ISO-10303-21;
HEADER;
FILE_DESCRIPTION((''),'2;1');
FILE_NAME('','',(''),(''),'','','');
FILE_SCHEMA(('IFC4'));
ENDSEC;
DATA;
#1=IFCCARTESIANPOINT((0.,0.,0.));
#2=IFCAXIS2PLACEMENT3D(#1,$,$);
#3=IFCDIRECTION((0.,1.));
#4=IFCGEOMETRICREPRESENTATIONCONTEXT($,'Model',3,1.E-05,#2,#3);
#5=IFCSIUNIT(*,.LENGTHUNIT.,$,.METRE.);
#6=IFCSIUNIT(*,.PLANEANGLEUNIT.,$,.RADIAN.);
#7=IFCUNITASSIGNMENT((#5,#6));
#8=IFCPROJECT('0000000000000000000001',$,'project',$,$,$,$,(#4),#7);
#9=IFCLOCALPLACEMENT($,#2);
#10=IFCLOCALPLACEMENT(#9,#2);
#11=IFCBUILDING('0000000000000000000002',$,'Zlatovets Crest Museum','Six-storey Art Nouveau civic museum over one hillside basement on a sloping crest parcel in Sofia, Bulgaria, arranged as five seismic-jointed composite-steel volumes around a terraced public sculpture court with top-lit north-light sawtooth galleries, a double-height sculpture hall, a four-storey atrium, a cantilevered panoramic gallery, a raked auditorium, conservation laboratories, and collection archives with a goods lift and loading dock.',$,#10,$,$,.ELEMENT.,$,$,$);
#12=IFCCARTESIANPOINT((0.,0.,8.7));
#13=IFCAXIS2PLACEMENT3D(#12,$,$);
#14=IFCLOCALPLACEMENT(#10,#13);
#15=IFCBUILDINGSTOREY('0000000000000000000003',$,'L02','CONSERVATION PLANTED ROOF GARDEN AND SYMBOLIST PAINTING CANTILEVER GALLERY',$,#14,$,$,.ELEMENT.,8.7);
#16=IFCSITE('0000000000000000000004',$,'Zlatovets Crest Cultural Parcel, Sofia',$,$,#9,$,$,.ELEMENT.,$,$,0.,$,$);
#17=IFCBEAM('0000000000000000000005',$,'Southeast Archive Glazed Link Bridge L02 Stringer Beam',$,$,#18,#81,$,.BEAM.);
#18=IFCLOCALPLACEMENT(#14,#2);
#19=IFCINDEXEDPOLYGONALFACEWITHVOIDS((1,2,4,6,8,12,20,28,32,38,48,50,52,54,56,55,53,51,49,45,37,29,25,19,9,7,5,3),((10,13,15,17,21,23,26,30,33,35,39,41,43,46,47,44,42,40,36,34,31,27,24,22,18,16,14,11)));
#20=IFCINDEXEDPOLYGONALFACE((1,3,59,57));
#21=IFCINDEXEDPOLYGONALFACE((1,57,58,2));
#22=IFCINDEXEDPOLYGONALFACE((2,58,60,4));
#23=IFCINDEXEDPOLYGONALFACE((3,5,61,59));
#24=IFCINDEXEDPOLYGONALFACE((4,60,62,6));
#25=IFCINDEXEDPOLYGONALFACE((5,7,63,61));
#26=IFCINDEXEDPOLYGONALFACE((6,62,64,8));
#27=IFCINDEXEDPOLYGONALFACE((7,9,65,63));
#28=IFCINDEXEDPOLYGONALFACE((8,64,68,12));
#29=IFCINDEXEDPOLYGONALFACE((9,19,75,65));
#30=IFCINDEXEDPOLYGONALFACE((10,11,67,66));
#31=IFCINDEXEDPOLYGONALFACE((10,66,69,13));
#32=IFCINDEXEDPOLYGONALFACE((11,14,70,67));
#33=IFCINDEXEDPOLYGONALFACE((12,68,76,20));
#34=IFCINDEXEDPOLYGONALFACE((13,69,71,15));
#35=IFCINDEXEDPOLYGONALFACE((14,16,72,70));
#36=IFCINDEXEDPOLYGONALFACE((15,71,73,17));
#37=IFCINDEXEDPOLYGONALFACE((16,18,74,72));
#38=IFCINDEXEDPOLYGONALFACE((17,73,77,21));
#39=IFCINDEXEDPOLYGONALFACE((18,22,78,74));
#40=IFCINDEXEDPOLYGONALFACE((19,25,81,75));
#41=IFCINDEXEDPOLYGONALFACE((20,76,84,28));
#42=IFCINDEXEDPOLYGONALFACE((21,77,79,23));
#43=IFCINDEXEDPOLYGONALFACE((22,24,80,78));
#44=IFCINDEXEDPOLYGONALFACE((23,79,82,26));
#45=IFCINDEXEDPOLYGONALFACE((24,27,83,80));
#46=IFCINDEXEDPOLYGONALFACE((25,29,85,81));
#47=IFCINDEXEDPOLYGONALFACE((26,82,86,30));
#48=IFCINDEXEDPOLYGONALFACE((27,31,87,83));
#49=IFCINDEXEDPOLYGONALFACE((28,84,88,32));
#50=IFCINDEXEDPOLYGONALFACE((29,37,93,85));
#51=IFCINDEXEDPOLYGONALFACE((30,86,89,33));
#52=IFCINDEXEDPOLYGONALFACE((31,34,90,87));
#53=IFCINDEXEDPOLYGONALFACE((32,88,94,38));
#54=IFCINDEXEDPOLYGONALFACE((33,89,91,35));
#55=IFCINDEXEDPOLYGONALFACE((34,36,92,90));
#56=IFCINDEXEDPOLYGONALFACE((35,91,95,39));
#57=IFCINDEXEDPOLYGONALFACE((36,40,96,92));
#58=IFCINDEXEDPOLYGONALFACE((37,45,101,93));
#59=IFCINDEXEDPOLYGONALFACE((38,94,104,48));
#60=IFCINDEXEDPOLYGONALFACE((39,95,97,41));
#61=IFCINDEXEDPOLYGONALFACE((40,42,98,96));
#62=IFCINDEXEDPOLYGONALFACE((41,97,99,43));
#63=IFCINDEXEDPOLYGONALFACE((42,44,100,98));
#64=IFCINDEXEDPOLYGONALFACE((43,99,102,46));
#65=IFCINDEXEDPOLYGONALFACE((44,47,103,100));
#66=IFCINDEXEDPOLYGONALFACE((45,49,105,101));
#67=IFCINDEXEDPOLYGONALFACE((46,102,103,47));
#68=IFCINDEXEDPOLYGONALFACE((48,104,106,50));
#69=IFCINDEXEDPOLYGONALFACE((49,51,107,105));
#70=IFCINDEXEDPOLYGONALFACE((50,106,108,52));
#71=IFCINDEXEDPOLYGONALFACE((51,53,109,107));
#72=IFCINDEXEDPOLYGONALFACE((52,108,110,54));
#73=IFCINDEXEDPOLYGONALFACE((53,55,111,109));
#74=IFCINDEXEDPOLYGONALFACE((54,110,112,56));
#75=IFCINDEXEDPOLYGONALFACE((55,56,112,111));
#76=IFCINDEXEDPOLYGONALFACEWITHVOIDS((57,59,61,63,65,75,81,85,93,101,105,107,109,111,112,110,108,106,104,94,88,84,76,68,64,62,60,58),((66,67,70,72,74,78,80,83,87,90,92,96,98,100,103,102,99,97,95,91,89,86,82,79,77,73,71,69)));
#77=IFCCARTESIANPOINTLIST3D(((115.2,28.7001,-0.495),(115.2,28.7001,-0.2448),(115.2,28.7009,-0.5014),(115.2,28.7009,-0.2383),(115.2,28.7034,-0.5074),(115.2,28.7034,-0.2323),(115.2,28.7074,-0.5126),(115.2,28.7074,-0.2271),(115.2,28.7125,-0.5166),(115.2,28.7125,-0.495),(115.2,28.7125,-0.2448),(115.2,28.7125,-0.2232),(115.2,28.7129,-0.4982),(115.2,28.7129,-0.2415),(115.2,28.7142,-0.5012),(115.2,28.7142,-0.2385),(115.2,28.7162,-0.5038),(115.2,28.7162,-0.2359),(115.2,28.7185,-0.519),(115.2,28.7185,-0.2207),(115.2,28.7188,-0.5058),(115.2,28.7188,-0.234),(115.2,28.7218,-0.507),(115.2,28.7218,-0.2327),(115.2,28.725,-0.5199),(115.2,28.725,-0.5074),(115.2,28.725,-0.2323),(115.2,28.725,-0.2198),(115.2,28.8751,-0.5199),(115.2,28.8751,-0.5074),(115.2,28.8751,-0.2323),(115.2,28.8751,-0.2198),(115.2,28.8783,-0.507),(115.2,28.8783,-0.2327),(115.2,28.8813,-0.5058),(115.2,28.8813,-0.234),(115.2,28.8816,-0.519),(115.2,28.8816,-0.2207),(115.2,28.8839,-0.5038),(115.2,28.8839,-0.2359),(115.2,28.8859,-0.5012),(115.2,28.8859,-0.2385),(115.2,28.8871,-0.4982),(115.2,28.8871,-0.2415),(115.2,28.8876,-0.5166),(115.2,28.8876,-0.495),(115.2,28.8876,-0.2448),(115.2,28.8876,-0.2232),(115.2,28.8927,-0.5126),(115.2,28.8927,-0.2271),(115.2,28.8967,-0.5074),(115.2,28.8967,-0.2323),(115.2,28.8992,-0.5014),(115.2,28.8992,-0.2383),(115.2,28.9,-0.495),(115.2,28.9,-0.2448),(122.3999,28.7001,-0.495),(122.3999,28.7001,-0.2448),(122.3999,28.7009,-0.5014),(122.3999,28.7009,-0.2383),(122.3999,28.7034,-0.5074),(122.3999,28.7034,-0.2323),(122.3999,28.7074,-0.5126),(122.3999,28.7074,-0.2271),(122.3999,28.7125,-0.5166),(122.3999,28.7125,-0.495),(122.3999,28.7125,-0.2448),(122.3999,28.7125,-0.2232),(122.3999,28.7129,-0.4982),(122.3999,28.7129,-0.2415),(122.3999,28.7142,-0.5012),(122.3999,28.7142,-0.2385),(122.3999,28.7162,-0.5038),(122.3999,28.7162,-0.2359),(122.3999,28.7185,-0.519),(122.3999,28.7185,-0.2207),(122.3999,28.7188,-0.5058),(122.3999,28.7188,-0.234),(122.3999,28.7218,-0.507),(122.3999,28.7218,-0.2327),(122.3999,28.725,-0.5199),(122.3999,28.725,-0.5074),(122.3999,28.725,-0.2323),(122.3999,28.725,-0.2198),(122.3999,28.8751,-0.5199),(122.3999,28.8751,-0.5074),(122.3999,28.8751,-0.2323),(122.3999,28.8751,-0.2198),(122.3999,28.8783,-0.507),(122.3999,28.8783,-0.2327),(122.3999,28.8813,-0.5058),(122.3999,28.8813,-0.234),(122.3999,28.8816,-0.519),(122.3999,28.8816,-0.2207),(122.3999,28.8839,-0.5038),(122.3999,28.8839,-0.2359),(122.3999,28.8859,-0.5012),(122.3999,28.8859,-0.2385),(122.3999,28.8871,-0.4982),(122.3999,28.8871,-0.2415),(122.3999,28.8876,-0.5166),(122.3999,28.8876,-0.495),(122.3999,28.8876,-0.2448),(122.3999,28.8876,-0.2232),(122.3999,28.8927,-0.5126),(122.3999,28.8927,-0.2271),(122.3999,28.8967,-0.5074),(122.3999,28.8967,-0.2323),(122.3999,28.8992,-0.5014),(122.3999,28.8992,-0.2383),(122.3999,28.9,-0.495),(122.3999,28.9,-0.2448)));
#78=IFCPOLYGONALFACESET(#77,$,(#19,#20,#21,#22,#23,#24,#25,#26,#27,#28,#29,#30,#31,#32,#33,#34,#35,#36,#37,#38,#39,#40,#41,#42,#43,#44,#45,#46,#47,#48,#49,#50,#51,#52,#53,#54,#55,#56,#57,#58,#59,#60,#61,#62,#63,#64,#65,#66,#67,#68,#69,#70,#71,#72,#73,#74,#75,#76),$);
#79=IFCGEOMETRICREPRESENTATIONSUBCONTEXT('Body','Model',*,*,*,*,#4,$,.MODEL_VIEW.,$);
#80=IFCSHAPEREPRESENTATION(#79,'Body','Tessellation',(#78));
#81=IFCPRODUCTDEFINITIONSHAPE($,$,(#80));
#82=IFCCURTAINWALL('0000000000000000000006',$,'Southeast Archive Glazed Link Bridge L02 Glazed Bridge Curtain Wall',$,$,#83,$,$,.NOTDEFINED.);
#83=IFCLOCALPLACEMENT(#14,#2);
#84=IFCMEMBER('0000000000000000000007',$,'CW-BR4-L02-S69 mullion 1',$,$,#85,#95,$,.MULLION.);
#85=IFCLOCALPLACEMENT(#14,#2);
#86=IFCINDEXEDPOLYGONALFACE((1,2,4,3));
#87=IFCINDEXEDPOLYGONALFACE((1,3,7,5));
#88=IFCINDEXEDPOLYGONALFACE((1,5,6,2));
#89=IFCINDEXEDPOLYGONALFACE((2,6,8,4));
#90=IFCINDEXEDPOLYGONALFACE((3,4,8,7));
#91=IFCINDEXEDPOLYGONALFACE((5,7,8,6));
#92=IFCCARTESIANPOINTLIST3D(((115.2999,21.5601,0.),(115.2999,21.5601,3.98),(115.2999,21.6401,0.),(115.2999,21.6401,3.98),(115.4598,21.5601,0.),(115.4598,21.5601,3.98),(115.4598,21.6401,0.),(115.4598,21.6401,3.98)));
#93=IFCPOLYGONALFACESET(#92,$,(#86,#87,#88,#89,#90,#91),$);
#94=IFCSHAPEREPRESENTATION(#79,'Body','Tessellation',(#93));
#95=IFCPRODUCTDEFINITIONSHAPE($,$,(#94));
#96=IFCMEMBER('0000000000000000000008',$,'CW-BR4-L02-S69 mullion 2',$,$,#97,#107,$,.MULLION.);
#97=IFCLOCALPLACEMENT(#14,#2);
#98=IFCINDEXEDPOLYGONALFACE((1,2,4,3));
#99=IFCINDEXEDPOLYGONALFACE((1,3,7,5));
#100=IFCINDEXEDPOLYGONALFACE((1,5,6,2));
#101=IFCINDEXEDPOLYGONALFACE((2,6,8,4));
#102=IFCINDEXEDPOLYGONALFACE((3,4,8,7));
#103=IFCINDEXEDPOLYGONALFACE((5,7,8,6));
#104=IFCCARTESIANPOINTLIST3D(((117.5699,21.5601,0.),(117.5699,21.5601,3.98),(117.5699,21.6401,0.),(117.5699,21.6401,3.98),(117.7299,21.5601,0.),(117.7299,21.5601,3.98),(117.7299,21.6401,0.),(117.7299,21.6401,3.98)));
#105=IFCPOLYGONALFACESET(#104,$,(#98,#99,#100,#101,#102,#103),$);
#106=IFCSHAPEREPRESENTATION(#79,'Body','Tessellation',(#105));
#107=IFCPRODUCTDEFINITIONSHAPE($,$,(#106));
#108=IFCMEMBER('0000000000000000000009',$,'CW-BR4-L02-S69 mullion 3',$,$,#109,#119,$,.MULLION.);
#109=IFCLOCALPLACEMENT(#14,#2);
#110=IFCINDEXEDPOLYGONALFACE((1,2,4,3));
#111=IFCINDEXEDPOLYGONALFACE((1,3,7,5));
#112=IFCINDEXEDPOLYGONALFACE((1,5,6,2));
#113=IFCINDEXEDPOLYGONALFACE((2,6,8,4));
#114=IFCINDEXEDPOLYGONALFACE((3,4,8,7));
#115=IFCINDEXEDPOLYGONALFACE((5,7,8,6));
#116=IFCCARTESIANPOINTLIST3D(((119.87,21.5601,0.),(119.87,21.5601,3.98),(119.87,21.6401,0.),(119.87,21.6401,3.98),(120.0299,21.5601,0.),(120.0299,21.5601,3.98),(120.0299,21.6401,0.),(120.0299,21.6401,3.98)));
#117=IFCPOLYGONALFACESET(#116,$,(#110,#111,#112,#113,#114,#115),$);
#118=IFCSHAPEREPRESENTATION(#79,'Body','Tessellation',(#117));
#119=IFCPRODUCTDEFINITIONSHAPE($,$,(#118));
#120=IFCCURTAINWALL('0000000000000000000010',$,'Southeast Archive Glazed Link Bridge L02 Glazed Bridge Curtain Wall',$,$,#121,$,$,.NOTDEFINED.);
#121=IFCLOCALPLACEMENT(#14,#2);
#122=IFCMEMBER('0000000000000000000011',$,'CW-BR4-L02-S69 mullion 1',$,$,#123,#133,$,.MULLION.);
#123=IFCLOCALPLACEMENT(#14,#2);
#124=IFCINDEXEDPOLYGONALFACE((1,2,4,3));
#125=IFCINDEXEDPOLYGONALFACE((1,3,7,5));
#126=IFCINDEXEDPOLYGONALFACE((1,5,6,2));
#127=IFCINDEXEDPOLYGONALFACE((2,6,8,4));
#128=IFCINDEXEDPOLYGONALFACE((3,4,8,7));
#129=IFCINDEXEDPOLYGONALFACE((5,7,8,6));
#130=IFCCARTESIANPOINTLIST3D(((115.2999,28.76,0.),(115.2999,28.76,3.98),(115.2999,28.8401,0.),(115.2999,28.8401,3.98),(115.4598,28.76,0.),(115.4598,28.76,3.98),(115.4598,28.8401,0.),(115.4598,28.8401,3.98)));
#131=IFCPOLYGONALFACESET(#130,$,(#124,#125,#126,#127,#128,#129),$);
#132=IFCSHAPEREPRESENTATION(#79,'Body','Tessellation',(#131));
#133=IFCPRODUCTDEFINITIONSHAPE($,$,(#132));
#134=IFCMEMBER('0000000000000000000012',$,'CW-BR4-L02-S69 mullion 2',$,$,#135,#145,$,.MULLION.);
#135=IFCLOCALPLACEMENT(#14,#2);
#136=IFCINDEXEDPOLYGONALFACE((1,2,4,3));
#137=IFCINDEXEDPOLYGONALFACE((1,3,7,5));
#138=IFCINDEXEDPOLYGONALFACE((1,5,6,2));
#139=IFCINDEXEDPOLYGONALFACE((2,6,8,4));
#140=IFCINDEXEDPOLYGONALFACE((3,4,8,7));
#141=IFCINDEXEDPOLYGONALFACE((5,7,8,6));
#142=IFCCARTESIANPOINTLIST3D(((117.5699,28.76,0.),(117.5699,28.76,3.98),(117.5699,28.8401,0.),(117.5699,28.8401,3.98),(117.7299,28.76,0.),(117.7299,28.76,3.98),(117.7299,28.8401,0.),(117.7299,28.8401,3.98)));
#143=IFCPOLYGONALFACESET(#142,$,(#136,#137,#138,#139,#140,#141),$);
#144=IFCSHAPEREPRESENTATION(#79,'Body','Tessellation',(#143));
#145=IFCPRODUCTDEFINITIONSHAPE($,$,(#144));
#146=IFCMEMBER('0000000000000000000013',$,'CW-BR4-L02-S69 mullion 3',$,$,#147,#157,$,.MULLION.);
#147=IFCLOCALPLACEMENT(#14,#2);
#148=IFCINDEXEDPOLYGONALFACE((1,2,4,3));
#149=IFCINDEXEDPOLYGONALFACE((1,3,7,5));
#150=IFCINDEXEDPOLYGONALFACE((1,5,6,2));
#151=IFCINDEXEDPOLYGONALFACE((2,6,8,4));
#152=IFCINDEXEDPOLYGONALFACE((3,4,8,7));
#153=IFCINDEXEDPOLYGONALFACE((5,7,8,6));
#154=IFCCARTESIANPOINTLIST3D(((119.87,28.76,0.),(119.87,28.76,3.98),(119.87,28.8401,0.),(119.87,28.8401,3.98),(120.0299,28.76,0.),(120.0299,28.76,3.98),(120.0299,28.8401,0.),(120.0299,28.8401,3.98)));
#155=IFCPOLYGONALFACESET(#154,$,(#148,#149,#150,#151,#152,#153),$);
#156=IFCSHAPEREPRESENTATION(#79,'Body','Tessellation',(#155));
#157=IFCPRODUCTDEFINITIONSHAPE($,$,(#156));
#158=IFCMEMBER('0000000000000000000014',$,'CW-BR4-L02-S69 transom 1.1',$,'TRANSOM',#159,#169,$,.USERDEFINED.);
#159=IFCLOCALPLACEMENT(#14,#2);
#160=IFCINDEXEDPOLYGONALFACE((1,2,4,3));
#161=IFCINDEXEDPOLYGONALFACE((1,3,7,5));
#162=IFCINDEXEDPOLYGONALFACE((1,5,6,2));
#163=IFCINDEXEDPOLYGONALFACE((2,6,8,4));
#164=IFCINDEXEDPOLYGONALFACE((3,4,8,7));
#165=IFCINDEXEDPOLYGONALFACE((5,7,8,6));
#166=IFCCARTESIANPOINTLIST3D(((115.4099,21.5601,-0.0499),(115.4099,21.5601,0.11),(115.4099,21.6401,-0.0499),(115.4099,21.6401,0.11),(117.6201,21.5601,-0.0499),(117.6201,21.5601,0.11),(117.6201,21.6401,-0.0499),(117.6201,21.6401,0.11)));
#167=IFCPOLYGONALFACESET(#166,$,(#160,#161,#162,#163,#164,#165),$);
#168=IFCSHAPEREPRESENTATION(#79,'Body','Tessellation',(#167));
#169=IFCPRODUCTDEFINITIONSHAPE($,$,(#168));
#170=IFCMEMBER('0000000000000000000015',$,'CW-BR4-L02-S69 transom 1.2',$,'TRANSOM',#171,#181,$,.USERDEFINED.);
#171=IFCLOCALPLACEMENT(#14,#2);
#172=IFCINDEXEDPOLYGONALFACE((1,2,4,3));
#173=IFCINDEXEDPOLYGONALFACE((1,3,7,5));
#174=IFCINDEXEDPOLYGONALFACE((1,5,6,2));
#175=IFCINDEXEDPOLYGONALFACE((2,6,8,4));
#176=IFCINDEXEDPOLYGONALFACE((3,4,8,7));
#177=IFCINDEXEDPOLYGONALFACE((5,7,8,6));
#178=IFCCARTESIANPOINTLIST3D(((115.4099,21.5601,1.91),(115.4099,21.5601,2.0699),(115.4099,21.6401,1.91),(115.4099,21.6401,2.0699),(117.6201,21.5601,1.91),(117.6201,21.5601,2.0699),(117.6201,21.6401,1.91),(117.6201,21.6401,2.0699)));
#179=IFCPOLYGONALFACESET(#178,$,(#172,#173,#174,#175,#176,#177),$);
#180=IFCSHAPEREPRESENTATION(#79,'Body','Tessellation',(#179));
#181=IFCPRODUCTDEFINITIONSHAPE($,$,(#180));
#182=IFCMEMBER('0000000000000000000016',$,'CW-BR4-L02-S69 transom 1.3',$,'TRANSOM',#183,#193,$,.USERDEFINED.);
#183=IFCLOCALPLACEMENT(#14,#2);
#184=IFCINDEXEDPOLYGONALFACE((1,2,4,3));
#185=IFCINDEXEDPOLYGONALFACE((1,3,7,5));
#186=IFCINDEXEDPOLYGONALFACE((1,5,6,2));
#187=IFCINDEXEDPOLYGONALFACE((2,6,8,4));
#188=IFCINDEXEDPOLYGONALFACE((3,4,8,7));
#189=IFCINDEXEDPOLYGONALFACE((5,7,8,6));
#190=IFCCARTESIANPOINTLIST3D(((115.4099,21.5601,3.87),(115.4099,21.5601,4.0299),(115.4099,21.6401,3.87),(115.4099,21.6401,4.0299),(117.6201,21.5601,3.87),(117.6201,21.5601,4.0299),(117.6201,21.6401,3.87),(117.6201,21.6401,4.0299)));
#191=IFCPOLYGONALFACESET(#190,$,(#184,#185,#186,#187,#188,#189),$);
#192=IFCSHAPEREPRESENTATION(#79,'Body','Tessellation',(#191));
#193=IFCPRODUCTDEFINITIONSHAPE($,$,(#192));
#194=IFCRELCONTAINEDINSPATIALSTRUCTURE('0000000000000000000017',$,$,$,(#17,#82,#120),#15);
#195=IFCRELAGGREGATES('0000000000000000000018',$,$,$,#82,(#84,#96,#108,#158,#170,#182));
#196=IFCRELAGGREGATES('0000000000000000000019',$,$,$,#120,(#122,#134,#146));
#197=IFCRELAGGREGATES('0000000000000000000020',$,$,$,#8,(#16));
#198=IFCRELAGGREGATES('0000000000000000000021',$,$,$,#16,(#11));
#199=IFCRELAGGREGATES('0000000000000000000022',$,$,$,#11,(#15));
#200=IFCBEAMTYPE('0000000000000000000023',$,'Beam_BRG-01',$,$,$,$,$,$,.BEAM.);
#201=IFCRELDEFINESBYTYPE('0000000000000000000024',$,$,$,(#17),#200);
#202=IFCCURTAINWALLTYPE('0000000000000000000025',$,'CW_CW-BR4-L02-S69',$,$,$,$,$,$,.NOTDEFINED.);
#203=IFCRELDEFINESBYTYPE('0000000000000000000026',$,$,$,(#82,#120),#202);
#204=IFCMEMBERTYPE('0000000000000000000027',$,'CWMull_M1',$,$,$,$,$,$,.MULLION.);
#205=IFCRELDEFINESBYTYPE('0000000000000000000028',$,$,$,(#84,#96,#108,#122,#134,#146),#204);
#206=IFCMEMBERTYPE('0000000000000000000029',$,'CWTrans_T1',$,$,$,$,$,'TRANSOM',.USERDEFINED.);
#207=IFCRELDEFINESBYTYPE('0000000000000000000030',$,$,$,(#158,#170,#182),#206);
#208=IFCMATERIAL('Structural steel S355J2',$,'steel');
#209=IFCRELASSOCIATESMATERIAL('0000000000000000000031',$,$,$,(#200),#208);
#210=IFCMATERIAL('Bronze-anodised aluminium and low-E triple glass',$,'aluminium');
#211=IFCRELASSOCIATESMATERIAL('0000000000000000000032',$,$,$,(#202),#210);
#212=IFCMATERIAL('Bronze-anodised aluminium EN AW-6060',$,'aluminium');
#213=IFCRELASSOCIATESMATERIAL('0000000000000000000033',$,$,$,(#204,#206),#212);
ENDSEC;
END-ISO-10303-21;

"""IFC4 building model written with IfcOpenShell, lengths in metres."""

from ifc_helpers import new_model, si_unit, direction, frame, origin, origin_2d, place, context, subcontext, project, spatial, rectangle, hollow_rectangle, extrude, material, material_profile, profile_set, type_object, element, aggregate, save


model = new_model("IFC4")

# Units and contexts
model_context = context("Model", 3, precision=1e-05, world=origin(), true_north=direction((0.0, 1.0)))
body_context = subcontext(model_context, "Body", "Model", "MODEL_VIEW")
ifc_project = project(units=[si_unit("LENGTHUNIT", "METRE"), si_unit("PLANEANGLEUNIT", "RADIAN")], contexts=[model_context])

# Site, building, storey
site_placement = place(None, origin())
site = spatial("IfcSite", under=ifc_project, at=site_placement, Name="Zlatovets Crest Cultural Parcel, Sofia", CompositionType="ELEMENT", RefElevation=0.0)
building_placement = place(site_placement, origin())
building = spatial("IfcBuilding", under=site, at=building_placement, Name="Zlatovets Crest Museum", Description="Six-storey Art Nouveau civic museum over one hillside basement on a sloping crest parcel in Sofia, Bulgaria, arranged as five seismic-jointed composite-steel volumes around a terraced public sculpture court with top-lit north-light sawtooth galleries, a double-height sculpture hall, a four-storey atrium, a cantilevered panoramic gallery, a raked auditorium, conservation laboratories, and collection archives with a goods lift and loading dock.", CompositionType="ELEMENT")
storey_placement = place(building_placement, frame((0.0, 0.0, 8.7)))
storey = spatial("IfcBuildingStorey", under=building, at=storey_placement, Name="L02", Description="CONSERVATION PLANTED ROOF GARDEN AND SYMBOLIST PAINTING CANTILEVER GALLERY", CompositionType="ELEMENT", Elevation=8.7)

# Beam
ifc_material_1 = material(Name="Structural steel S355J2", Category="steel")
ifc_material_profile_1 = material_profile(ifc_material_1, hollow_rectangle(XDim=0.2, YDim=0.3, WallThickness=0.0125, InnerFilletRadius=0.0125, OuterFilletRadius=0.0249, at=origin_2d()), Name="RHS 200x300x12.5")
ifc_profile_set_1 = profile_set([ifc_material_profile_1], Name="Structural steel S355J2")
beam_type = type_object("IfcBeamType", Name="Beam_BRG-01", PredefinedType="BEAM", material=ifc_profile_set_1)
beam_placement = place(storey_placement, frame((115.2, 28.8, -0.3699), z_axis=(1.0, 0.0, 0.0), x_axis=(0.0, 1.0, 0.0)))
element("IfcBeam", 1, at=beam_placement, inside=storey, type_object=beam_type, Name="Southeast Archive Glazed Link Bridge L02 Stringer Beam", PredefinedType="BEAM", context=body_context, shape_type="SweptSolid", body=[
    extrude(hollow_rectangle(XDim=0.2, YDim=0.3, WallThickness=0.0125, InnerFilletRadius=0.0125, OuterFilletRadius=0.0249, at=origin_2d()), origin(), (0.0, 0.0, 1.0), 7.2),
])

# Curtain walls, members
ifc_material_2 = material(Name="Bronze-anodised aluminium and low-E triple glass", Category="aluminium")
curtain_wall_type = type_object("IfcCurtainWallType", Name="CW_CW-BR4-L02-S69", PredefinedType="NOTDEFINED", material=ifc_material_2)
curtain_wall_1_placement = place(storey_placement, origin())
curtain_wall_1 = element("IfcCurtainWall", 2, at=curtain_wall_1_placement, inside=storey, type_object=curtain_wall_type, Name="Southeast Archive Glazed Link Bridge L02 Glazed Bridge Curtain Wall", PredefinedType="NOTDEFINED")
ifc_material_3 = material(Name="Bronze-anodised aluminium EN AW-6060", Category="aluminium")
ifc_material_profile_2 = material_profile(ifc_material_3, rectangle(XDim=0.0801, YDim=0.1599, at=origin_2d()), Name="ALU 80x160")
ifc_profile_set_2 = profile_set([ifc_material_profile_2], Name="Bronze-anodised aluminium EN AW-6060")
member_type_1 = type_object("IfcMemberType", Name="CWMull_M1", PredefinedType="MULLION", material=ifc_profile_set_2)
member_1_placement = place(storey_placement, frame((115.3799, 21.6001, 0.0), z_axis=(0.0, 0.0, 1.0), x_axis=(0.0, 1.0, 0.0)))
member_1 = element("IfcMember", 3, at=member_1_placement, type_object=member_type_1, Name="CW-BR4-L02-S69 mullion 1", PredefinedType="MULLION", context=body_context, shape_type="SweptSolid", body=[
    extrude(rectangle(XDim=0.0801, YDim=0.1599, at=origin_2d()), origin(), (0.0, 0.0, 1.0), 3.98),
])
member_2_placement = place(storey_placement, frame((117.6499, 21.6001, 0.0), z_axis=(0.0, 0.0, 1.0), x_axis=(0.0, 1.0, 0.0)))
member_2 = element("IfcMember", 4, at=member_2_placement, type_object=member_type_1, Name="CW-BR4-L02-S69 mullion 2", PredefinedType="MULLION", context=body_context, shape_type="SweptSolid", body=[
    extrude(rectangle(XDim=0.0801, YDim=0.1599, at=origin_2d()), origin(), (0.0, 0.0, 1.0), 3.98),
])
member_3_placement = place(storey_placement, frame((119.95, 21.6001, 0.0), z_axis=(0.0, 0.0, 1.0), x_axis=(0.0, 1.0, 0.0)))
member_3 = element("IfcMember", 5, at=member_3_placement, type_object=member_type_1, Name="CW-BR4-L02-S69 mullion 3", PredefinedType="MULLION", context=body_context, shape_type="SweptSolid", body=[
    extrude(rectangle(XDim=0.0801, YDim=0.1599, at=origin_2d()), origin(), (0.0, 0.0, 1.0), 3.98),
])
curtain_wall_2_placement = place(storey_placement, origin())
curtain_wall_2 = element("IfcCurtainWall", 6, at=curtain_wall_2_placement, inside=storey, type_object=curtain_wall_type, Name="Southeast Archive Glazed Link Bridge L02 Glazed Bridge Curtain Wall", PredefinedType="NOTDEFINED")
member_4_placement = place(storey_placement, frame((115.3799, 28.8, 0.0), z_axis=(0.0, 0.0, 1.0), x_axis=(0.0, 1.0, 0.0)))
member_4 = element("IfcMember", 7, at=member_4_placement, type_object=member_type_1, Name="CW-BR4-L02-S69 mullion 1", PredefinedType="MULLION", context=body_context, shape_type="SweptSolid", body=[
    extrude(rectangle(XDim=0.0801, YDim=0.1599, at=origin_2d()), origin(), (0.0, 0.0, 1.0), 3.98),
])
member_5_placement = place(storey_placement, frame((117.6499, 28.8, 0.0), z_axis=(0.0, 0.0, 1.0), x_axis=(0.0, 1.0, 0.0)))
member_5 = element("IfcMember", 8, at=member_5_placement, type_object=member_type_1, Name="CW-BR4-L02-S69 mullion 2", PredefinedType="MULLION", context=body_context, shape_type="SweptSolid", body=[
    extrude(rectangle(XDim=0.0801, YDim=0.1599, at=origin_2d()), origin(), (0.0, 0.0, 1.0), 3.98),
])
member_6_placement = place(storey_placement, frame((119.95, 28.8, 0.0), z_axis=(0.0, 0.0, 1.0), x_axis=(0.0, 1.0, 0.0)))
member_6 = element("IfcMember", 9, at=member_6_placement, type_object=member_type_1, Name="CW-BR4-L02-S69 mullion 3", PredefinedType="MULLION", context=body_context, shape_type="SweptSolid", body=[
    extrude(rectangle(XDim=0.0801, YDim=0.1599, at=origin_2d()), origin(), (0.0, 0.0, 1.0), 3.98),
])

# Members
ifc_material_profile_3 = material_profile(ifc_material_3, rectangle(XDim=0.0801, YDim=0.1599, at=origin_2d()), Name="ALU 80x160")
ifc_profile_set_3 = profile_set([ifc_material_profile_3], Name="Bronze-anodised aluminium EN AW-6060")
member_type_2 = type_object("IfcMemberType", Name="CWTrans_T1", ElementType="TRANSOM", PredefinedType="USERDEFINED", material=ifc_profile_set_3)
member_7_placement = place(storey_placement, frame((115.4099, 21.6001, 0.03), z_axis=(1.0, 0.0, 0.0), x_axis=(0.0, 1.0, 0.0)))
member_7 = element("IfcMember", 10, at=member_7_placement, type_object=member_type_2, Name="CW-BR4-L02-S69 transom 1.1", ObjectType="TRANSOM", PredefinedType="USERDEFINED", context=body_context, shape_type="SweptSolid", body=[
    extrude(rectangle(XDim=0.0801, YDim=0.1599, at=origin_2d()), origin(), (0.0, 0.0, 1.0), 2.2102),
])
member_8_placement = place(storey_placement, frame((115.4099, 21.6001, 1.99), z_axis=(1.0, 0.0, 0.0), x_axis=(0.0, 1.0, 0.0)))
member_8 = element("IfcMember", 11, at=member_8_placement, type_object=member_type_2, Name="CW-BR4-L02-S69 transom 1.2", ObjectType="TRANSOM", PredefinedType="USERDEFINED", context=body_context, shape_type="SweptSolid", body=[
    extrude(rectangle(XDim=0.0801, YDim=0.1599, at=origin_2d()), origin(), (0.0, 0.0, 1.0), 2.2102),
])
member_9_placement = place(storey_placement, frame((115.4099, 21.6001, 3.95), z_axis=(1.0, 0.0, 0.0), x_axis=(0.0, 1.0, 0.0)))
member_9 = element("IfcMember", 12, at=member_9_placement, type_object=member_type_2, Name="CW-BR4-L02-S69 transom 1.3", ObjectType="TRANSOM", PredefinedType="USERDEFINED", context=body_context, shape_type="SweptSolid", body=[
    extrude(rectangle(XDim=0.0801, YDim=0.1599, at=origin_2d()), origin(), (0.0, 0.0, 1.0), 2.2102),
])

aggregate(curtain_wall_1, [member_1, member_2, member_3, member_7, member_8, member_9])
aggregate(curtain_wall_2, [member_4, member_5, member_6])

save(model, "model.ifc")
